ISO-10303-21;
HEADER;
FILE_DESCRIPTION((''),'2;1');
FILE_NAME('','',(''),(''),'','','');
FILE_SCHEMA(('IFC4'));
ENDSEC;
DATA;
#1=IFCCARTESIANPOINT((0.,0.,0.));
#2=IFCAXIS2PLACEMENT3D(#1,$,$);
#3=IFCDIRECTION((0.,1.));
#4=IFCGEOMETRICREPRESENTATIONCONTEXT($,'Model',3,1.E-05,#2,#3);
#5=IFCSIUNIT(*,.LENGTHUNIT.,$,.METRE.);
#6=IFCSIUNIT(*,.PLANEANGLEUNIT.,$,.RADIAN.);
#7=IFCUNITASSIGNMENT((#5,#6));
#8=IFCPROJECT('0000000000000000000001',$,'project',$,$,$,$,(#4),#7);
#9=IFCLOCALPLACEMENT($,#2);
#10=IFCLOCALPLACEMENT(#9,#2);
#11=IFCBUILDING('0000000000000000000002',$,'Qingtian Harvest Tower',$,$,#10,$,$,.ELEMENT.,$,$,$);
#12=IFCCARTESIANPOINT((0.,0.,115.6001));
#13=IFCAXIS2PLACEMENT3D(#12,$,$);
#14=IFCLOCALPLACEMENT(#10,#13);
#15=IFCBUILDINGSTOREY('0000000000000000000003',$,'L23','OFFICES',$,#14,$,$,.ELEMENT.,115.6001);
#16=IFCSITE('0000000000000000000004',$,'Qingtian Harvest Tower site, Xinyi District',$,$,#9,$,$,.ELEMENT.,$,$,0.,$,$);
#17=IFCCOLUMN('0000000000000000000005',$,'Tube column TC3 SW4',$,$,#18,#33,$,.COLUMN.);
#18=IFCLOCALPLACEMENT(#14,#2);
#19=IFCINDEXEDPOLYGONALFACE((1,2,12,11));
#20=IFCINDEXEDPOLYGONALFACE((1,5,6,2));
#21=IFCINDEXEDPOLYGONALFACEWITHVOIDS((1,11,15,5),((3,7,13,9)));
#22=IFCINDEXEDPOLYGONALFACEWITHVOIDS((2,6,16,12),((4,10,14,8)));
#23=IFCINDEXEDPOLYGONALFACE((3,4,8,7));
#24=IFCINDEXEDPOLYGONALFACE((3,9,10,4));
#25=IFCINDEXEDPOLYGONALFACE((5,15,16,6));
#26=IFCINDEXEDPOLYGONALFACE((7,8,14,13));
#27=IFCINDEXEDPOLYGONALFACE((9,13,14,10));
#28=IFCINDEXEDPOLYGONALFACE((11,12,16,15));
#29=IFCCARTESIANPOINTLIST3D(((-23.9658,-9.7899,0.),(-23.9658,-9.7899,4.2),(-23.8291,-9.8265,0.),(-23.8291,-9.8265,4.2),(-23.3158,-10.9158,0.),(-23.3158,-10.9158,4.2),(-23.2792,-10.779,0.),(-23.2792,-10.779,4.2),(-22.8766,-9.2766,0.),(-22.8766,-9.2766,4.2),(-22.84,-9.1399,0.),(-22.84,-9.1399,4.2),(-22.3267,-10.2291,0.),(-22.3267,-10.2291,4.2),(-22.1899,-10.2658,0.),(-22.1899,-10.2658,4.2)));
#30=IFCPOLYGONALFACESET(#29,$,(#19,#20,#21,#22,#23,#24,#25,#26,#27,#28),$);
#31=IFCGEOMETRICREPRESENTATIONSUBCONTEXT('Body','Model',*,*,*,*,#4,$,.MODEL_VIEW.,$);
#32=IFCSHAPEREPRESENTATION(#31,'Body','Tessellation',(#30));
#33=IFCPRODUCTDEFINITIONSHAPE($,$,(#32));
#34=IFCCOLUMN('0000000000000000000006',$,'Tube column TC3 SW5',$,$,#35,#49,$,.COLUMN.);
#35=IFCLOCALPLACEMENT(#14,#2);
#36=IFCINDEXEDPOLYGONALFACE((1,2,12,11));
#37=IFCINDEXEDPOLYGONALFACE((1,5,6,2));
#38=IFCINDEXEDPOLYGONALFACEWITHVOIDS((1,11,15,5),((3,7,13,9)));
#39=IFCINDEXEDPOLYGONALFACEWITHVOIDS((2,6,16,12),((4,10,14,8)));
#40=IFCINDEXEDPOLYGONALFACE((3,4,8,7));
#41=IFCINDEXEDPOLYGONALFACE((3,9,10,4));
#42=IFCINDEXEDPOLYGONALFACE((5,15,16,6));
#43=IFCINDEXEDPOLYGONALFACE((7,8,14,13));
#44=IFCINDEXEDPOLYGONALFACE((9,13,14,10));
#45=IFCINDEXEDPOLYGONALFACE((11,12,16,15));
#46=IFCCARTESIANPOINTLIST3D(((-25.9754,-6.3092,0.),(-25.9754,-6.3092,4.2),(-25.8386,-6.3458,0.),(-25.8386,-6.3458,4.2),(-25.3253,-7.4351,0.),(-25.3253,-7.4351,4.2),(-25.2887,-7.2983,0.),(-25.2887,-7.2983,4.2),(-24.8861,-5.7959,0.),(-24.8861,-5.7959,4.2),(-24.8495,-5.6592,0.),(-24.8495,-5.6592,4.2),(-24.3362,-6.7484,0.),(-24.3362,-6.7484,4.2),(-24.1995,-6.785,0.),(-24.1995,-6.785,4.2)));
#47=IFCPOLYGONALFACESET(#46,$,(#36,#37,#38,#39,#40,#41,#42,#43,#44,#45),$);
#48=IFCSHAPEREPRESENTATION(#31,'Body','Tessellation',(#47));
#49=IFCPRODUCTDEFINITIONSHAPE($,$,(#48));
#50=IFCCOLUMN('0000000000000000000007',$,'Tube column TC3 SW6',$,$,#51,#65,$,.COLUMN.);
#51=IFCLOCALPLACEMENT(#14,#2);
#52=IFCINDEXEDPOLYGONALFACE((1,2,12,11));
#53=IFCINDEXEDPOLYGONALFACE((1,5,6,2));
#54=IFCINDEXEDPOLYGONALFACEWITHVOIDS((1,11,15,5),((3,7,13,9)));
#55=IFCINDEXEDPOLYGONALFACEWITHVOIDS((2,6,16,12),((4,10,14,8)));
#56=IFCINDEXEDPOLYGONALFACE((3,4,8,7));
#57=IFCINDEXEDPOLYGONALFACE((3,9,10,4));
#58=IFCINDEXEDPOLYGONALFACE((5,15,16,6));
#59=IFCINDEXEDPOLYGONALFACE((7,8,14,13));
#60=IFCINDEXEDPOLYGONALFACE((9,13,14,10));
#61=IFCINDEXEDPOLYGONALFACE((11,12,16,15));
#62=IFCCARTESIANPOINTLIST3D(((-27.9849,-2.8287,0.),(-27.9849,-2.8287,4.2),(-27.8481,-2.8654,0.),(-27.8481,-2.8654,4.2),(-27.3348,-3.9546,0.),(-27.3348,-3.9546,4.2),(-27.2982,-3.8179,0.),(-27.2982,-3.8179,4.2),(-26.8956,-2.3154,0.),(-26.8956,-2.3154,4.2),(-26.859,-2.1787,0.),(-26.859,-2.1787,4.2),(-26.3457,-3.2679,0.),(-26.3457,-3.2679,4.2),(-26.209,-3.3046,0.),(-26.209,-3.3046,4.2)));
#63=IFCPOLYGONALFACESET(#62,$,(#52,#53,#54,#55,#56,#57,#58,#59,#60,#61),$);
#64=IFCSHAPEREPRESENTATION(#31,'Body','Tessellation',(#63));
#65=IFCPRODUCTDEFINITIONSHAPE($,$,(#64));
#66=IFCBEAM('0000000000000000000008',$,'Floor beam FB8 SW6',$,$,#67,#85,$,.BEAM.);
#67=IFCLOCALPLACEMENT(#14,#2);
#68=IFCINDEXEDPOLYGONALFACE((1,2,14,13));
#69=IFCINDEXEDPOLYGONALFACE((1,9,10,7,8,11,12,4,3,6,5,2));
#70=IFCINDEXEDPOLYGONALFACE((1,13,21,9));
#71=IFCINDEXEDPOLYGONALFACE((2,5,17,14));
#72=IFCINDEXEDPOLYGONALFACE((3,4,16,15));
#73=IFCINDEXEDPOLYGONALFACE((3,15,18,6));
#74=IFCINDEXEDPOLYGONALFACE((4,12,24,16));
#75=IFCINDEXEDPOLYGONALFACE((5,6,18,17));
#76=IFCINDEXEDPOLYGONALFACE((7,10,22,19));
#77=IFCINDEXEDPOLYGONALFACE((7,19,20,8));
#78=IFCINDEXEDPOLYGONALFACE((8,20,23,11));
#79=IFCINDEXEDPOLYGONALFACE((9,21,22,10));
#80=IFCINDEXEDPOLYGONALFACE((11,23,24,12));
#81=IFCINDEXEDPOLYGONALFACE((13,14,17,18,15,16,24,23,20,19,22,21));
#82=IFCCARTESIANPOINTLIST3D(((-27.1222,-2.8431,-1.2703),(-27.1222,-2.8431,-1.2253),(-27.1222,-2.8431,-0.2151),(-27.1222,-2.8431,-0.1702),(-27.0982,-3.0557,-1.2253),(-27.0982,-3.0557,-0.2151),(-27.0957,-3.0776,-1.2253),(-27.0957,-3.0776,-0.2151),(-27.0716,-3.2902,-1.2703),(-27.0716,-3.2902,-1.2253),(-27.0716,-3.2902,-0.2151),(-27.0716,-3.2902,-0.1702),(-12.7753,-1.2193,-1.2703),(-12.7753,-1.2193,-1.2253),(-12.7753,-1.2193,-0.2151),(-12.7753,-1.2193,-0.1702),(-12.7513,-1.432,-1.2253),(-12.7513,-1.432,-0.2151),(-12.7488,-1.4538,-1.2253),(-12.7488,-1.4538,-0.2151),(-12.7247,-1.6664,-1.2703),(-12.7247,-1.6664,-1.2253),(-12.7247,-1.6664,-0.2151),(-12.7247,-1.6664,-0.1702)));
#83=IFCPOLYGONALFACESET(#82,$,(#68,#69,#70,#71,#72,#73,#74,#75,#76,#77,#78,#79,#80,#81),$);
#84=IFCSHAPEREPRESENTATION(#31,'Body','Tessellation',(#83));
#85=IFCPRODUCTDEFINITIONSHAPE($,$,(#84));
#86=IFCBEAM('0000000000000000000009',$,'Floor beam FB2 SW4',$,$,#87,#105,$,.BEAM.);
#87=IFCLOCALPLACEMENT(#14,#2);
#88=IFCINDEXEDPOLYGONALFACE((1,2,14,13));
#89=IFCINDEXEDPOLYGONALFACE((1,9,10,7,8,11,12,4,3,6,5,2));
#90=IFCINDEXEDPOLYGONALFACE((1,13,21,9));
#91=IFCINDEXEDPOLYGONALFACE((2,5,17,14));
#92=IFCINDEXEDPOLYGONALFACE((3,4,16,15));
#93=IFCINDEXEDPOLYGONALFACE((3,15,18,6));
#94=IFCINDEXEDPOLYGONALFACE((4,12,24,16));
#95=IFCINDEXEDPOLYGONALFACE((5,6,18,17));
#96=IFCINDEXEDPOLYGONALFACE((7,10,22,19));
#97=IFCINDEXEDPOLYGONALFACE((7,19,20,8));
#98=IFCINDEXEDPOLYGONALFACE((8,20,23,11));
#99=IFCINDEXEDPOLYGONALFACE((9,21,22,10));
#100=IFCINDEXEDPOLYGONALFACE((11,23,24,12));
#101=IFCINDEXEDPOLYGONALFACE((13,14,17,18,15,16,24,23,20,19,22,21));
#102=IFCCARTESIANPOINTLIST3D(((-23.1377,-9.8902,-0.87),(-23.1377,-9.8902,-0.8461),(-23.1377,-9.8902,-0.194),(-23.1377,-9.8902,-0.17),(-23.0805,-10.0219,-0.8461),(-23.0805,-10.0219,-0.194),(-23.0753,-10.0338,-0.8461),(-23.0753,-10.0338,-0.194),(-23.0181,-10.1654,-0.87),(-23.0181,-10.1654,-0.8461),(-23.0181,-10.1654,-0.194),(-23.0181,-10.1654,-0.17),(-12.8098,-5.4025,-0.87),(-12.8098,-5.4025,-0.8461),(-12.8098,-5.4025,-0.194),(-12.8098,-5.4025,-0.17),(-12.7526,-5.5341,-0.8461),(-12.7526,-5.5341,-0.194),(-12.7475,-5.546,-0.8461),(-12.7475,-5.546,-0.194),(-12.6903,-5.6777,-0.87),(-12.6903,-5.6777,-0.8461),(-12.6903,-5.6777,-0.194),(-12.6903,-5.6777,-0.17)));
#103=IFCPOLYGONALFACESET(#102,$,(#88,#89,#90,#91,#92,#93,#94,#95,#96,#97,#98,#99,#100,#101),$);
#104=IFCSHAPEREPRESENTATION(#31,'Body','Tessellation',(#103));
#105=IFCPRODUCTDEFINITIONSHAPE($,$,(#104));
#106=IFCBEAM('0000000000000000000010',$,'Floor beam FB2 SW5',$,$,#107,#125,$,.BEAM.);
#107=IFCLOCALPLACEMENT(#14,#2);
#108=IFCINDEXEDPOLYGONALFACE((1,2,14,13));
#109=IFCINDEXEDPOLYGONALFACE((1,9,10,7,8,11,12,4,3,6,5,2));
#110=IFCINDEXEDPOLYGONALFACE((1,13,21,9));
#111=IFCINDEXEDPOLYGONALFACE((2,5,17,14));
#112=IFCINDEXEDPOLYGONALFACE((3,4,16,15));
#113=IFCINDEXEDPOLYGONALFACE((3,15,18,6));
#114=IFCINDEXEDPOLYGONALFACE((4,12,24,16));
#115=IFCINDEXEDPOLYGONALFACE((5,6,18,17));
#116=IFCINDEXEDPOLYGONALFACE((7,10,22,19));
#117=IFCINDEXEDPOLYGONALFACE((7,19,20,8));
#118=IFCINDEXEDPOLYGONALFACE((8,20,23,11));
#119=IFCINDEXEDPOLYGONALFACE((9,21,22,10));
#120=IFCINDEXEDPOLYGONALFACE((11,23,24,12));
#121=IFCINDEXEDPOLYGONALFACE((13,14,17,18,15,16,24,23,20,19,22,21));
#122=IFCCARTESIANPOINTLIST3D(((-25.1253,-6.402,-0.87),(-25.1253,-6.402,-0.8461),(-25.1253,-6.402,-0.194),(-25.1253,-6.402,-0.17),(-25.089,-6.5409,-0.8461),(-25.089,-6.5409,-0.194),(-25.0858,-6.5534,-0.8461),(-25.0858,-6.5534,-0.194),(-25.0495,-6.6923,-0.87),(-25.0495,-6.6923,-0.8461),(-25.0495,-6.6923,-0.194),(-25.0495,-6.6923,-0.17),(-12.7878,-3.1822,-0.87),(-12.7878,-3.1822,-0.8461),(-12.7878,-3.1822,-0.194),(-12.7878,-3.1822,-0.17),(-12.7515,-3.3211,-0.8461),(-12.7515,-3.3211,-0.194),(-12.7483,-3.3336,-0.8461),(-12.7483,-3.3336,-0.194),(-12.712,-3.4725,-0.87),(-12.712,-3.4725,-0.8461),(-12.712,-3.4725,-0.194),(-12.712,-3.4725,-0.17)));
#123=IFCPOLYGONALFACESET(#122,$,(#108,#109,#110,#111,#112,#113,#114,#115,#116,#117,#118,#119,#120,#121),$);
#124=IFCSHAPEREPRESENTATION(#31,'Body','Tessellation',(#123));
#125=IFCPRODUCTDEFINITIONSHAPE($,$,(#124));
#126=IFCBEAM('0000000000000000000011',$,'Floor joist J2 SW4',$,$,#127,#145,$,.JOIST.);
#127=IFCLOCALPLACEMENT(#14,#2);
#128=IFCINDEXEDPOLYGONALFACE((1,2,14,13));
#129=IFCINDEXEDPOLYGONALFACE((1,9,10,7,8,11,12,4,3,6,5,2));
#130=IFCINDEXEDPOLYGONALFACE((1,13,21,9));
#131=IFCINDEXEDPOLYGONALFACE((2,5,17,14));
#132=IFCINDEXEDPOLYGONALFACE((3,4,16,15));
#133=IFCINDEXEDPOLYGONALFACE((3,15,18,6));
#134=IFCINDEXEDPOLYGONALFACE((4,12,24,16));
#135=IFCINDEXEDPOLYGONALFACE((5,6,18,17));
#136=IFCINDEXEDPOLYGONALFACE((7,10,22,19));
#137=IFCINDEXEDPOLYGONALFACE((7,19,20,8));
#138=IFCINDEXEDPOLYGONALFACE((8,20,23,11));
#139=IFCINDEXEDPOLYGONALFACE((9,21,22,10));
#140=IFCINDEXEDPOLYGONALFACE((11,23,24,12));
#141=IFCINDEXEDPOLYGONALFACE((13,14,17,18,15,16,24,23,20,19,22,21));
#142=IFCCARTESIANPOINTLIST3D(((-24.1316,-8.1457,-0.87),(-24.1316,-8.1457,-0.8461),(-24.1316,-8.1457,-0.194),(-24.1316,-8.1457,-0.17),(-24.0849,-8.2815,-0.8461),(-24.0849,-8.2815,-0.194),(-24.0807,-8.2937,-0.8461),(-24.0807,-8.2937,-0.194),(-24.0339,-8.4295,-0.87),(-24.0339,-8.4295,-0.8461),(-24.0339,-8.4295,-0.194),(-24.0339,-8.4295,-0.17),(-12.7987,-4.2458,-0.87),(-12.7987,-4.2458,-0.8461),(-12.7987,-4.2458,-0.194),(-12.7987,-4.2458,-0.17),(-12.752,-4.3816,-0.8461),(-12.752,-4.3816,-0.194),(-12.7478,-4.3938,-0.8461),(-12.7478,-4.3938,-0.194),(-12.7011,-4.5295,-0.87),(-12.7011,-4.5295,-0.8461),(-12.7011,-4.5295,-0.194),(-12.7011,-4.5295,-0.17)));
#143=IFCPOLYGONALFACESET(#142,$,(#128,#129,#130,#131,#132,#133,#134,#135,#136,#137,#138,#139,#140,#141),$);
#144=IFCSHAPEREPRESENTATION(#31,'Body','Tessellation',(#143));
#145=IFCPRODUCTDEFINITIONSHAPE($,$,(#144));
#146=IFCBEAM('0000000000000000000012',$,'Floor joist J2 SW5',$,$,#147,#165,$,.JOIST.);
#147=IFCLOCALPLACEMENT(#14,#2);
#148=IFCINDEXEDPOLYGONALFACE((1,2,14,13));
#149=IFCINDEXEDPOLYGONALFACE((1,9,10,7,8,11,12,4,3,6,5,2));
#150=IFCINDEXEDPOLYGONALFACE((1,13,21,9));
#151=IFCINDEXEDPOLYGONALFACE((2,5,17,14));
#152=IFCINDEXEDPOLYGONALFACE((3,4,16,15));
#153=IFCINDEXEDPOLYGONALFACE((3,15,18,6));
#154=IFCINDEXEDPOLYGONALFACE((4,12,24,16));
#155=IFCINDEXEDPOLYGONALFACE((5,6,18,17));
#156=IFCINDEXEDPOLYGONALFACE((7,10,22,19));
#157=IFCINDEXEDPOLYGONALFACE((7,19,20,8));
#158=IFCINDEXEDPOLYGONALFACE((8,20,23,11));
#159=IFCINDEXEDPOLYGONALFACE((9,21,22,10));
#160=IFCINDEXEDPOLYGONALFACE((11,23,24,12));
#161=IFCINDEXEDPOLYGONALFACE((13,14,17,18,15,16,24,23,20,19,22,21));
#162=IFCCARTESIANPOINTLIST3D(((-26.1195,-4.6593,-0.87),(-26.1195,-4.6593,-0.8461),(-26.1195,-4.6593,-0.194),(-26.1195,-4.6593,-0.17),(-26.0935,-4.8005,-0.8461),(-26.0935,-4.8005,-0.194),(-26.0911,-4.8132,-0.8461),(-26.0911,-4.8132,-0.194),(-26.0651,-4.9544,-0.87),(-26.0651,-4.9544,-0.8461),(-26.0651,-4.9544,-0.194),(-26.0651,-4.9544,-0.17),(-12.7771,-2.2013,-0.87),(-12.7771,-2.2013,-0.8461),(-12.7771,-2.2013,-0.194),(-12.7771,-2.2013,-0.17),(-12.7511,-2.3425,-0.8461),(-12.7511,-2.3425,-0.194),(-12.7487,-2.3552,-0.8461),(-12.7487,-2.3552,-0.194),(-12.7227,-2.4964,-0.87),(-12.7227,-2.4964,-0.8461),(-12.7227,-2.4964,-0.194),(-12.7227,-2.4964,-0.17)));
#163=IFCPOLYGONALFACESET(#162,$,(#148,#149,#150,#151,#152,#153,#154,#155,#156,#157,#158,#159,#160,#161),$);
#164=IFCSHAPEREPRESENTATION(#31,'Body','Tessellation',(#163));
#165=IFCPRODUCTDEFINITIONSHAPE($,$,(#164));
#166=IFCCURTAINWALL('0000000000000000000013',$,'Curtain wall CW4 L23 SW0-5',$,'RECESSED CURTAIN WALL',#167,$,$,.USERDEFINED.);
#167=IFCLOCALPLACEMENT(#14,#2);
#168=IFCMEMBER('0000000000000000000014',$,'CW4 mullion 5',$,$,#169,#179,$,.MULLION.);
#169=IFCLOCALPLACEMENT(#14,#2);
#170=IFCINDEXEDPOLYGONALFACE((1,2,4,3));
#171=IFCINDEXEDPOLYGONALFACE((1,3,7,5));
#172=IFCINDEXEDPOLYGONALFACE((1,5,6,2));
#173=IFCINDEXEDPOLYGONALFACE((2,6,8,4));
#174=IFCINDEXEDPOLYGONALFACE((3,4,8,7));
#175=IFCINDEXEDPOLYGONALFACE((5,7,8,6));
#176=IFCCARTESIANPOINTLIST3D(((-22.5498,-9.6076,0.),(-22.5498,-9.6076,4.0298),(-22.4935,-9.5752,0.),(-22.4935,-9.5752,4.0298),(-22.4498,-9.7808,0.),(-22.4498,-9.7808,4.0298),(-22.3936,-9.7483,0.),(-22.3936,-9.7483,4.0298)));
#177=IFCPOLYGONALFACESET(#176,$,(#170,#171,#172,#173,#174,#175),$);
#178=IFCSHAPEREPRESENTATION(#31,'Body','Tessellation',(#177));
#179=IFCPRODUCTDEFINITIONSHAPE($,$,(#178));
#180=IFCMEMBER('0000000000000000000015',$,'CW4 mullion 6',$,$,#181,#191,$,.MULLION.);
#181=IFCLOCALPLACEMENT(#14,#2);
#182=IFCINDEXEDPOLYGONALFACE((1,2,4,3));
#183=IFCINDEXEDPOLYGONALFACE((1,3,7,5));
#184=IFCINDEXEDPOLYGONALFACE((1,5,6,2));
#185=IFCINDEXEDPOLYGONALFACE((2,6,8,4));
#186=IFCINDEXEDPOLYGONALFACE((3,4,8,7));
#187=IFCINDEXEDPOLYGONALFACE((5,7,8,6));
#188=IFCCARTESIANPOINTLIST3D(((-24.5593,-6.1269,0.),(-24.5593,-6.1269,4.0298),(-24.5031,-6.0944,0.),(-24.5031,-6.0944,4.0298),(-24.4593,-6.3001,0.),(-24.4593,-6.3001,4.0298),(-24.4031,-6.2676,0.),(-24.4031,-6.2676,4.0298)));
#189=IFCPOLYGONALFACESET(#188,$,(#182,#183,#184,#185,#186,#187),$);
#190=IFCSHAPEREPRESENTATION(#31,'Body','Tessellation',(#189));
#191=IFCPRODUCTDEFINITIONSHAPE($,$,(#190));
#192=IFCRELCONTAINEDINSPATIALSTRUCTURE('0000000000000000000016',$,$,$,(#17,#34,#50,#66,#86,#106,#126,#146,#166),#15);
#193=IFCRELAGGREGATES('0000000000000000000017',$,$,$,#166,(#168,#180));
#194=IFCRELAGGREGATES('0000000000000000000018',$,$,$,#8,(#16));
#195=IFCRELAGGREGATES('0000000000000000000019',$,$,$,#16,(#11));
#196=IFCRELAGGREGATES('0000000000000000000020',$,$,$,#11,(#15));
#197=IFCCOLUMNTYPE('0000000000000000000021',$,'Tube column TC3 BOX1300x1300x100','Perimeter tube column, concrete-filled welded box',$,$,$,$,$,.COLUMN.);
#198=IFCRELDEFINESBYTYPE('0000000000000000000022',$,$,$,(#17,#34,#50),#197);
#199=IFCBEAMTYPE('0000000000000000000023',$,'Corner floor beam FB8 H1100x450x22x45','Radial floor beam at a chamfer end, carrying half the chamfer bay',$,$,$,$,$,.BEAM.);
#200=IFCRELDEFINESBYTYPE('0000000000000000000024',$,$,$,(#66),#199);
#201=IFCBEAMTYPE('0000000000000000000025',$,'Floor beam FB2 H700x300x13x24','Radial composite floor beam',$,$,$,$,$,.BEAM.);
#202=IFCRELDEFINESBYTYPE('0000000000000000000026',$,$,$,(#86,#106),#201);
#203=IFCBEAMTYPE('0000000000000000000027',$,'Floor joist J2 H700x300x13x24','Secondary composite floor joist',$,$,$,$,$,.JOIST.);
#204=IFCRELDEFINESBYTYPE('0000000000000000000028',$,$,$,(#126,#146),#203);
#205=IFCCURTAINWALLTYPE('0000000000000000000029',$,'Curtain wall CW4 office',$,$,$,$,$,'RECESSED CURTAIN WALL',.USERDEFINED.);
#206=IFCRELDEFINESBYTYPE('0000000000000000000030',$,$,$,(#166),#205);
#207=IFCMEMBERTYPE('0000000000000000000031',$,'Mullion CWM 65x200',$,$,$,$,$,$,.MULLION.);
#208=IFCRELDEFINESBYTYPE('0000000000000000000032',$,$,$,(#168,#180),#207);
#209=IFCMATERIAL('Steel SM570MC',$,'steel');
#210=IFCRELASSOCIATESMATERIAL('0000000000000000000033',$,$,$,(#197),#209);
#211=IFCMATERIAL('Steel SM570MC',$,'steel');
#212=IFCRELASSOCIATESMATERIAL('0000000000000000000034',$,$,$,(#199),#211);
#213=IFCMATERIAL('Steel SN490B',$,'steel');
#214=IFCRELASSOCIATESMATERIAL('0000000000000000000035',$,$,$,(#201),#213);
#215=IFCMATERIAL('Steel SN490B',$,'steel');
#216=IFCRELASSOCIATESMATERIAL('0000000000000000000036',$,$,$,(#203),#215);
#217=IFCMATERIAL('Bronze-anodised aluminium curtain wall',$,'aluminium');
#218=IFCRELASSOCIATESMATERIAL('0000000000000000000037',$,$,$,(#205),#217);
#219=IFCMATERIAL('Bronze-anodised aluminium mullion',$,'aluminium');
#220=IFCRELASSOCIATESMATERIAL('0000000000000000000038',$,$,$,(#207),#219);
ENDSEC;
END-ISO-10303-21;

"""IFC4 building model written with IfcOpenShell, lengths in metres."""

from ifc_helpers import new_model, si_unit, direction, frame, origin, origin_2d, place, context, subcontext, project, spatial, rectangle, hollow_rectangle, i_section, extrude, material, material_profile, profile_set, type_object, element, aggregate, save


model = new_model("IFC4")

# Units and contexts
model_context = context("Model", 3, precision=1e-05, world=origin(), true_north=direction((0.0, 1.0)))
body_context = subcontext(model_context, "Body", "Model", "MODEL_VIEW")
ifc_project = project(units=[si_unit("LENGTHUNIT", "METRE"), si_unit("PLANEANGLEUNIT", "RADIAN")], contexts=[model_context])

# Site, building, storey
site_placement = place(None, origin())
site = spatial("IfcSite", under=ifc_project, at=site_placement, Name="Qingtian Harvest Tower site, Xinyi District", CompositionType="ELEMENT", RefElevation=0.0)
building_placement = place(site_placement, origin())
building = spatial("IfcBuilding", under=site, at=building_placement, Name="Qingtian Harvest Tower", CompositionType="ELEMENT")
storey_placement = place(building_placement, frame((0.0, 0.0, 115.6001)))
storey = spatial("IfcBuildingStorey", under=building, at=storey_placement, Name="L23", Description="OFFICES", CompositionType="ELEMENT", Elevation=115.6001)

# Columns
ifc_material_1 = material(Name="Steel SM570MC", Category="steel")
ifc_material_profile_1 = material_profile(ifc_material_1, hollow_rectangle(XDim=1.3, YDim=1.3, WallThickness=0.1001, at=origin_2d()), Name="BOX1300x1300x100")
ifc_profile_set_1 = profile_set([ifc_material_profile_1], Name="Steel SM570MC")
column_type = type_object("IfcColumnType", Name="Tube column TC3 BOX1300x1300x100", Description="Perimeter tube column, concrete-filled welded box", PredefinedType="COLUMN", material=ifc_profile_set_1)
for number, where, z_axis, x_axis, name in (
    (1, (-23.0779, -10.0278, 0.0), (0.0, 0.0, 1.0), (0.5, -0.866025, 0.0), "Tube column TC3 SW4"),
    (2, (-25.0874, -6.5471, 0.0), (0.0, 0.0, 1.0), (0.5, -0.866025, 0.0), "Tube column TC3 SW5"),
    (3, (-27.0969, -3.0667, 0.0), (0.0, 0.0, 1.0), (0.5, -0.866025, 0.0), "Tube column TC3 SW6"),
):
    element("IfcColumn", number, at=place(storey_placement, frame(where, z_axis=z_axis, x_axis=x_axis)), inside=storey, type_object=column_type, Name=name, PredefinedType="COLUMN", context=body_context, shape_type="SweptSolid", body=[
        extrude(hollow_rectangle(XDim=1.3, YDim=1.3, WallThickness=0.1001, at=origin_2d()), origin(), (0.0, 0.0, 1.0), 4.2),
    ])

# Beams
ifc_material_2 = material(Name="Steel SM570MC", Category="steel")
ifc_material_profile_2 = material_profile(ifc_material_2, i_section(OverallWidth=0.45, OverallDepth=1.1001, WebThickness=0.022, FlangeThickness=0.0449, at=origin_2d()), Name="H1100x450x22x45")
ifc_profile_set_2 = profile_set([ifc_material_profile_2], Name="Steel SM570MC")
beam_type_1 = type_object("IfcBeamType", Name="Corner floor beam FB8 H1100x450x22x45", Description="Radial floor beam at a chamfer end, carrying half the chamfer bay", PredefinedType="BEAM", material=ifc_profile_set_2)
beam_1_placement = place(storey_placement, frame((-27.0969, -3.0667, -0.7202), z_axis=(0.993656, 0.112462, 0.0), x_axis=(-0.112462, 0.993656, 0.0)))
element("IfcBeam", 4, at=beam_1_placement, inside=storey, type_object=beam_type_1, Name="Floor beam FB8 SW6", PredefinedType="BEAM", context=body_context, shape_type="SweptSolid", body=[
    extrude(i_section(OverallWidth=0.45, OverallDepth=1.1001, WebThickness=0.022, FlangeThickness=0.0449, at=origin_2d()), origin(), (0.0, 0.0, 1.0), 14.4385),
])
ifc_material_3 = material(Name="Steel SN490B", Category="steel")
ifc_material_profile_3 = material_profile(ifc_material_3, i_section(OverallWidth=0.3, OverallDepth=0.7, WebThickness=0.0129, FlangeThickness=0.0239, at=origin_2d()), Name="H700x300x13x24")
ifc_profile_set_3 = profile_set([ifc_material_profile_3], Name="Steel SN490B")
beam_type_2 = type_object("IfcBeamType", Name="Floor beam FB2 H700x300x13x24", Description="Radial composite floor beam", PredefinedType="BEAM", material=ifc_profile_set_3)
beam_2_placement = place(storey_placement, frame((-23.0779, -10.0278, -0.52), z_axis=(0.917154, 0.398533, 0.0), x_axis=(-0.398533, 0.917154, 0.0)))
element("IfcBeam", 5, at=beam_2_placement, inside=storey, type_object=beam_type_2, Name="Floor beam FB2 SW4", PredefinedType="BEAM", context=body_context, shape_type="SweptSolid", body=[
    extrude(i_section(OverallWidth=0.3, OverallDepth=0.7, WebThickness=0.0129, FlangeThickness=0.0239, at=origin_2d()), origin(), (0.0, 0.0, 1.0), 11.2607),
])
beam_3_placement = place(storey_placement, frame((-25.0874, -6.5471, -0.52), z_axis=(0.967593, 0.252515, 0.0), x_axis=(-0.252515, 0.967593, 0.0)))
element("IfcBeam", 6, at=beam_3_placement, inside=storey, type_object=beam_type_2, Name="Floor beam FB2 SW5", PredefinedType="BEAM", context=body_context, shape_type="SweptSolid", body=[
    extrude(i_section(OverallWidth=0.3, OverallDepth=0.7, WebThickness=0.0129, FlangeThickness=0.0239, at=origin_2d()), origin(), (0.0, 0.0, 1.0), 12.7507),
])
ifc_material_4 = material(Name="Steel SN490B", Category="steel")
ifc_material_profile_4 = material_profile(ifc_material_4, i_section(OverallWidth=0.3, OverallDepth=0.7, WebThickness=0.0129, FlangeThickness=0.0239, at=origin_2d()), Name="H700x300x13x24")
ifc_profile_set_4 = profile_set([ifc_material_profile_4], Name="Steel SN490B")
beam_type_3 = type_object("IfcBeamType", Name="Floor joist J2 H700x300x13x24", Description="Secondary composite floor joist", PredefinedType="JOIST", material=ifc_profile_set_4)
beam_4_placement = place(storey_placement, frame((-24.0828, -8.2876, -0.52), z_axis=(0.945577, 0.325398, 0.0), x_axis=(-0.325398, 0.945577, 0.0)))
element("IfcBeam", 7, at=beam_4_placement, inside=storey, type_object=beam_type_3, Name="Floor joist J2 SW4", PredefinedType="JOIST", context=body_context, shape_type="SweptSolid", body=[
    extrude(i_section(OverallWidth=0.3, OverallDepth=0.7, WebThickness=0.0129, FlangeThickness=0.0239, at=origin_2d()), origin(), (0.0, 0.0, 1.0), 11.9851),
])
beam_5_placement = place(storey_placement, frame((-26.0923, -4.8069, -0.52), z_axis=(0.98345, 0.181178, 0.0), x_axis=(-0.181178, 0.98345, 0.0)))
element("IfcBeam", 8, at=beam_5_placement, inside=storey, type_object=beam_type_3, Name="Floor joist J2 SW5", PredefinedType="JOIST", context=body_context, shape_type="SweptSolid", body=[
    extrude(i_section(OverallWidth=0.3, OverallDepth=0.7, WebThickness=0.0129, FlangeThickness=0.0239, at=origin_2d()), origin(), (0.0, 0.0, 1.0), 13.5669),
])

# Curtain wall, members
ifc_material_5 = material(Name="Bronze-anodised aluminium curtain wall", Category="aluminium")
curtain_wall_type = type_object("IfcCurtainWallType", Name="Curtain wall CW4 office", ElementType="RECESSED CURTAIN WALL", PredefinedType="USERDEFINED", material=ifc_material_5)
curtain_wall_1_placement = place(storey_placement, origin())
curtain_wall_1 = element("IfcCurtainWall", 9, at=curtain_wall_1_placement, inside=storey, type_object=curtain_wall_type, Name="Curtain wall CW4 L23 SW0-5", ObjectType="RECESSED CURTAIN WALL", PredefinedType="USERDEFINED")
ifc_material_6 = material(Name="Bronze-anodised aluminium mullion", Category="aluminium")
ifc_material_profile_5 = material_profile(ifc_material_6, rectangle(XDim=0.0649, YDim=0.2, at=origin_2d()), Name="AL 65x200")
ifc_profile_set_5 = profile_set([ifc_material_profile_5], Name="Bronze-anodised aluminium mullion")
member_type_1 = type_object("IfcMemberType", Name="Mullion CWM 65x200", PredefinedType="MULLION", material=ifc_profile_set_5)
member_1_placement = place(storey_placement, frame((-22.4717, -9.678, 0.0), z_axis=(0.0, 0.0, 1.0), x_axis=(-0.866025, -0.5, 0.0)))
member_1 = element("IfcMember", 10, at=member_1_placement, type_object=member_type_1, Name="CW4 mullion 5", PredefinedType="MULLION", context=body_context, shape_type="SweptSolid", body=[
    extrude(rectangle(XDim=0.0649, YDim=0.2, at=origin_2d()), origin(), (0.0, 0.0, 1.0), 4.0298),
])
member_2_placement = place(storey_placement, frame((-24.4812, -6.1973, 0.0), z_axis=(0.0, 0.0, 1.0), x_axis=(-0.866025, -0.5, 0.0)))
member_2 = element("IfcMember", 11, at=member_2_placement, type_object=member_type_1, Name="CW4 mullion 6", PredefinedType="MULLION", context=body_context, shape_type="SweptSolid", body=[
    extrude(rectangle(XDim=0.0649, YDim=0.2, at=origin_2d()), origin(), (0.0, 0.0, 1.0), 4.0298),
])

aggregate(curtain_wall_1, [member_1, member_2])

save(model, "model.ifc")
